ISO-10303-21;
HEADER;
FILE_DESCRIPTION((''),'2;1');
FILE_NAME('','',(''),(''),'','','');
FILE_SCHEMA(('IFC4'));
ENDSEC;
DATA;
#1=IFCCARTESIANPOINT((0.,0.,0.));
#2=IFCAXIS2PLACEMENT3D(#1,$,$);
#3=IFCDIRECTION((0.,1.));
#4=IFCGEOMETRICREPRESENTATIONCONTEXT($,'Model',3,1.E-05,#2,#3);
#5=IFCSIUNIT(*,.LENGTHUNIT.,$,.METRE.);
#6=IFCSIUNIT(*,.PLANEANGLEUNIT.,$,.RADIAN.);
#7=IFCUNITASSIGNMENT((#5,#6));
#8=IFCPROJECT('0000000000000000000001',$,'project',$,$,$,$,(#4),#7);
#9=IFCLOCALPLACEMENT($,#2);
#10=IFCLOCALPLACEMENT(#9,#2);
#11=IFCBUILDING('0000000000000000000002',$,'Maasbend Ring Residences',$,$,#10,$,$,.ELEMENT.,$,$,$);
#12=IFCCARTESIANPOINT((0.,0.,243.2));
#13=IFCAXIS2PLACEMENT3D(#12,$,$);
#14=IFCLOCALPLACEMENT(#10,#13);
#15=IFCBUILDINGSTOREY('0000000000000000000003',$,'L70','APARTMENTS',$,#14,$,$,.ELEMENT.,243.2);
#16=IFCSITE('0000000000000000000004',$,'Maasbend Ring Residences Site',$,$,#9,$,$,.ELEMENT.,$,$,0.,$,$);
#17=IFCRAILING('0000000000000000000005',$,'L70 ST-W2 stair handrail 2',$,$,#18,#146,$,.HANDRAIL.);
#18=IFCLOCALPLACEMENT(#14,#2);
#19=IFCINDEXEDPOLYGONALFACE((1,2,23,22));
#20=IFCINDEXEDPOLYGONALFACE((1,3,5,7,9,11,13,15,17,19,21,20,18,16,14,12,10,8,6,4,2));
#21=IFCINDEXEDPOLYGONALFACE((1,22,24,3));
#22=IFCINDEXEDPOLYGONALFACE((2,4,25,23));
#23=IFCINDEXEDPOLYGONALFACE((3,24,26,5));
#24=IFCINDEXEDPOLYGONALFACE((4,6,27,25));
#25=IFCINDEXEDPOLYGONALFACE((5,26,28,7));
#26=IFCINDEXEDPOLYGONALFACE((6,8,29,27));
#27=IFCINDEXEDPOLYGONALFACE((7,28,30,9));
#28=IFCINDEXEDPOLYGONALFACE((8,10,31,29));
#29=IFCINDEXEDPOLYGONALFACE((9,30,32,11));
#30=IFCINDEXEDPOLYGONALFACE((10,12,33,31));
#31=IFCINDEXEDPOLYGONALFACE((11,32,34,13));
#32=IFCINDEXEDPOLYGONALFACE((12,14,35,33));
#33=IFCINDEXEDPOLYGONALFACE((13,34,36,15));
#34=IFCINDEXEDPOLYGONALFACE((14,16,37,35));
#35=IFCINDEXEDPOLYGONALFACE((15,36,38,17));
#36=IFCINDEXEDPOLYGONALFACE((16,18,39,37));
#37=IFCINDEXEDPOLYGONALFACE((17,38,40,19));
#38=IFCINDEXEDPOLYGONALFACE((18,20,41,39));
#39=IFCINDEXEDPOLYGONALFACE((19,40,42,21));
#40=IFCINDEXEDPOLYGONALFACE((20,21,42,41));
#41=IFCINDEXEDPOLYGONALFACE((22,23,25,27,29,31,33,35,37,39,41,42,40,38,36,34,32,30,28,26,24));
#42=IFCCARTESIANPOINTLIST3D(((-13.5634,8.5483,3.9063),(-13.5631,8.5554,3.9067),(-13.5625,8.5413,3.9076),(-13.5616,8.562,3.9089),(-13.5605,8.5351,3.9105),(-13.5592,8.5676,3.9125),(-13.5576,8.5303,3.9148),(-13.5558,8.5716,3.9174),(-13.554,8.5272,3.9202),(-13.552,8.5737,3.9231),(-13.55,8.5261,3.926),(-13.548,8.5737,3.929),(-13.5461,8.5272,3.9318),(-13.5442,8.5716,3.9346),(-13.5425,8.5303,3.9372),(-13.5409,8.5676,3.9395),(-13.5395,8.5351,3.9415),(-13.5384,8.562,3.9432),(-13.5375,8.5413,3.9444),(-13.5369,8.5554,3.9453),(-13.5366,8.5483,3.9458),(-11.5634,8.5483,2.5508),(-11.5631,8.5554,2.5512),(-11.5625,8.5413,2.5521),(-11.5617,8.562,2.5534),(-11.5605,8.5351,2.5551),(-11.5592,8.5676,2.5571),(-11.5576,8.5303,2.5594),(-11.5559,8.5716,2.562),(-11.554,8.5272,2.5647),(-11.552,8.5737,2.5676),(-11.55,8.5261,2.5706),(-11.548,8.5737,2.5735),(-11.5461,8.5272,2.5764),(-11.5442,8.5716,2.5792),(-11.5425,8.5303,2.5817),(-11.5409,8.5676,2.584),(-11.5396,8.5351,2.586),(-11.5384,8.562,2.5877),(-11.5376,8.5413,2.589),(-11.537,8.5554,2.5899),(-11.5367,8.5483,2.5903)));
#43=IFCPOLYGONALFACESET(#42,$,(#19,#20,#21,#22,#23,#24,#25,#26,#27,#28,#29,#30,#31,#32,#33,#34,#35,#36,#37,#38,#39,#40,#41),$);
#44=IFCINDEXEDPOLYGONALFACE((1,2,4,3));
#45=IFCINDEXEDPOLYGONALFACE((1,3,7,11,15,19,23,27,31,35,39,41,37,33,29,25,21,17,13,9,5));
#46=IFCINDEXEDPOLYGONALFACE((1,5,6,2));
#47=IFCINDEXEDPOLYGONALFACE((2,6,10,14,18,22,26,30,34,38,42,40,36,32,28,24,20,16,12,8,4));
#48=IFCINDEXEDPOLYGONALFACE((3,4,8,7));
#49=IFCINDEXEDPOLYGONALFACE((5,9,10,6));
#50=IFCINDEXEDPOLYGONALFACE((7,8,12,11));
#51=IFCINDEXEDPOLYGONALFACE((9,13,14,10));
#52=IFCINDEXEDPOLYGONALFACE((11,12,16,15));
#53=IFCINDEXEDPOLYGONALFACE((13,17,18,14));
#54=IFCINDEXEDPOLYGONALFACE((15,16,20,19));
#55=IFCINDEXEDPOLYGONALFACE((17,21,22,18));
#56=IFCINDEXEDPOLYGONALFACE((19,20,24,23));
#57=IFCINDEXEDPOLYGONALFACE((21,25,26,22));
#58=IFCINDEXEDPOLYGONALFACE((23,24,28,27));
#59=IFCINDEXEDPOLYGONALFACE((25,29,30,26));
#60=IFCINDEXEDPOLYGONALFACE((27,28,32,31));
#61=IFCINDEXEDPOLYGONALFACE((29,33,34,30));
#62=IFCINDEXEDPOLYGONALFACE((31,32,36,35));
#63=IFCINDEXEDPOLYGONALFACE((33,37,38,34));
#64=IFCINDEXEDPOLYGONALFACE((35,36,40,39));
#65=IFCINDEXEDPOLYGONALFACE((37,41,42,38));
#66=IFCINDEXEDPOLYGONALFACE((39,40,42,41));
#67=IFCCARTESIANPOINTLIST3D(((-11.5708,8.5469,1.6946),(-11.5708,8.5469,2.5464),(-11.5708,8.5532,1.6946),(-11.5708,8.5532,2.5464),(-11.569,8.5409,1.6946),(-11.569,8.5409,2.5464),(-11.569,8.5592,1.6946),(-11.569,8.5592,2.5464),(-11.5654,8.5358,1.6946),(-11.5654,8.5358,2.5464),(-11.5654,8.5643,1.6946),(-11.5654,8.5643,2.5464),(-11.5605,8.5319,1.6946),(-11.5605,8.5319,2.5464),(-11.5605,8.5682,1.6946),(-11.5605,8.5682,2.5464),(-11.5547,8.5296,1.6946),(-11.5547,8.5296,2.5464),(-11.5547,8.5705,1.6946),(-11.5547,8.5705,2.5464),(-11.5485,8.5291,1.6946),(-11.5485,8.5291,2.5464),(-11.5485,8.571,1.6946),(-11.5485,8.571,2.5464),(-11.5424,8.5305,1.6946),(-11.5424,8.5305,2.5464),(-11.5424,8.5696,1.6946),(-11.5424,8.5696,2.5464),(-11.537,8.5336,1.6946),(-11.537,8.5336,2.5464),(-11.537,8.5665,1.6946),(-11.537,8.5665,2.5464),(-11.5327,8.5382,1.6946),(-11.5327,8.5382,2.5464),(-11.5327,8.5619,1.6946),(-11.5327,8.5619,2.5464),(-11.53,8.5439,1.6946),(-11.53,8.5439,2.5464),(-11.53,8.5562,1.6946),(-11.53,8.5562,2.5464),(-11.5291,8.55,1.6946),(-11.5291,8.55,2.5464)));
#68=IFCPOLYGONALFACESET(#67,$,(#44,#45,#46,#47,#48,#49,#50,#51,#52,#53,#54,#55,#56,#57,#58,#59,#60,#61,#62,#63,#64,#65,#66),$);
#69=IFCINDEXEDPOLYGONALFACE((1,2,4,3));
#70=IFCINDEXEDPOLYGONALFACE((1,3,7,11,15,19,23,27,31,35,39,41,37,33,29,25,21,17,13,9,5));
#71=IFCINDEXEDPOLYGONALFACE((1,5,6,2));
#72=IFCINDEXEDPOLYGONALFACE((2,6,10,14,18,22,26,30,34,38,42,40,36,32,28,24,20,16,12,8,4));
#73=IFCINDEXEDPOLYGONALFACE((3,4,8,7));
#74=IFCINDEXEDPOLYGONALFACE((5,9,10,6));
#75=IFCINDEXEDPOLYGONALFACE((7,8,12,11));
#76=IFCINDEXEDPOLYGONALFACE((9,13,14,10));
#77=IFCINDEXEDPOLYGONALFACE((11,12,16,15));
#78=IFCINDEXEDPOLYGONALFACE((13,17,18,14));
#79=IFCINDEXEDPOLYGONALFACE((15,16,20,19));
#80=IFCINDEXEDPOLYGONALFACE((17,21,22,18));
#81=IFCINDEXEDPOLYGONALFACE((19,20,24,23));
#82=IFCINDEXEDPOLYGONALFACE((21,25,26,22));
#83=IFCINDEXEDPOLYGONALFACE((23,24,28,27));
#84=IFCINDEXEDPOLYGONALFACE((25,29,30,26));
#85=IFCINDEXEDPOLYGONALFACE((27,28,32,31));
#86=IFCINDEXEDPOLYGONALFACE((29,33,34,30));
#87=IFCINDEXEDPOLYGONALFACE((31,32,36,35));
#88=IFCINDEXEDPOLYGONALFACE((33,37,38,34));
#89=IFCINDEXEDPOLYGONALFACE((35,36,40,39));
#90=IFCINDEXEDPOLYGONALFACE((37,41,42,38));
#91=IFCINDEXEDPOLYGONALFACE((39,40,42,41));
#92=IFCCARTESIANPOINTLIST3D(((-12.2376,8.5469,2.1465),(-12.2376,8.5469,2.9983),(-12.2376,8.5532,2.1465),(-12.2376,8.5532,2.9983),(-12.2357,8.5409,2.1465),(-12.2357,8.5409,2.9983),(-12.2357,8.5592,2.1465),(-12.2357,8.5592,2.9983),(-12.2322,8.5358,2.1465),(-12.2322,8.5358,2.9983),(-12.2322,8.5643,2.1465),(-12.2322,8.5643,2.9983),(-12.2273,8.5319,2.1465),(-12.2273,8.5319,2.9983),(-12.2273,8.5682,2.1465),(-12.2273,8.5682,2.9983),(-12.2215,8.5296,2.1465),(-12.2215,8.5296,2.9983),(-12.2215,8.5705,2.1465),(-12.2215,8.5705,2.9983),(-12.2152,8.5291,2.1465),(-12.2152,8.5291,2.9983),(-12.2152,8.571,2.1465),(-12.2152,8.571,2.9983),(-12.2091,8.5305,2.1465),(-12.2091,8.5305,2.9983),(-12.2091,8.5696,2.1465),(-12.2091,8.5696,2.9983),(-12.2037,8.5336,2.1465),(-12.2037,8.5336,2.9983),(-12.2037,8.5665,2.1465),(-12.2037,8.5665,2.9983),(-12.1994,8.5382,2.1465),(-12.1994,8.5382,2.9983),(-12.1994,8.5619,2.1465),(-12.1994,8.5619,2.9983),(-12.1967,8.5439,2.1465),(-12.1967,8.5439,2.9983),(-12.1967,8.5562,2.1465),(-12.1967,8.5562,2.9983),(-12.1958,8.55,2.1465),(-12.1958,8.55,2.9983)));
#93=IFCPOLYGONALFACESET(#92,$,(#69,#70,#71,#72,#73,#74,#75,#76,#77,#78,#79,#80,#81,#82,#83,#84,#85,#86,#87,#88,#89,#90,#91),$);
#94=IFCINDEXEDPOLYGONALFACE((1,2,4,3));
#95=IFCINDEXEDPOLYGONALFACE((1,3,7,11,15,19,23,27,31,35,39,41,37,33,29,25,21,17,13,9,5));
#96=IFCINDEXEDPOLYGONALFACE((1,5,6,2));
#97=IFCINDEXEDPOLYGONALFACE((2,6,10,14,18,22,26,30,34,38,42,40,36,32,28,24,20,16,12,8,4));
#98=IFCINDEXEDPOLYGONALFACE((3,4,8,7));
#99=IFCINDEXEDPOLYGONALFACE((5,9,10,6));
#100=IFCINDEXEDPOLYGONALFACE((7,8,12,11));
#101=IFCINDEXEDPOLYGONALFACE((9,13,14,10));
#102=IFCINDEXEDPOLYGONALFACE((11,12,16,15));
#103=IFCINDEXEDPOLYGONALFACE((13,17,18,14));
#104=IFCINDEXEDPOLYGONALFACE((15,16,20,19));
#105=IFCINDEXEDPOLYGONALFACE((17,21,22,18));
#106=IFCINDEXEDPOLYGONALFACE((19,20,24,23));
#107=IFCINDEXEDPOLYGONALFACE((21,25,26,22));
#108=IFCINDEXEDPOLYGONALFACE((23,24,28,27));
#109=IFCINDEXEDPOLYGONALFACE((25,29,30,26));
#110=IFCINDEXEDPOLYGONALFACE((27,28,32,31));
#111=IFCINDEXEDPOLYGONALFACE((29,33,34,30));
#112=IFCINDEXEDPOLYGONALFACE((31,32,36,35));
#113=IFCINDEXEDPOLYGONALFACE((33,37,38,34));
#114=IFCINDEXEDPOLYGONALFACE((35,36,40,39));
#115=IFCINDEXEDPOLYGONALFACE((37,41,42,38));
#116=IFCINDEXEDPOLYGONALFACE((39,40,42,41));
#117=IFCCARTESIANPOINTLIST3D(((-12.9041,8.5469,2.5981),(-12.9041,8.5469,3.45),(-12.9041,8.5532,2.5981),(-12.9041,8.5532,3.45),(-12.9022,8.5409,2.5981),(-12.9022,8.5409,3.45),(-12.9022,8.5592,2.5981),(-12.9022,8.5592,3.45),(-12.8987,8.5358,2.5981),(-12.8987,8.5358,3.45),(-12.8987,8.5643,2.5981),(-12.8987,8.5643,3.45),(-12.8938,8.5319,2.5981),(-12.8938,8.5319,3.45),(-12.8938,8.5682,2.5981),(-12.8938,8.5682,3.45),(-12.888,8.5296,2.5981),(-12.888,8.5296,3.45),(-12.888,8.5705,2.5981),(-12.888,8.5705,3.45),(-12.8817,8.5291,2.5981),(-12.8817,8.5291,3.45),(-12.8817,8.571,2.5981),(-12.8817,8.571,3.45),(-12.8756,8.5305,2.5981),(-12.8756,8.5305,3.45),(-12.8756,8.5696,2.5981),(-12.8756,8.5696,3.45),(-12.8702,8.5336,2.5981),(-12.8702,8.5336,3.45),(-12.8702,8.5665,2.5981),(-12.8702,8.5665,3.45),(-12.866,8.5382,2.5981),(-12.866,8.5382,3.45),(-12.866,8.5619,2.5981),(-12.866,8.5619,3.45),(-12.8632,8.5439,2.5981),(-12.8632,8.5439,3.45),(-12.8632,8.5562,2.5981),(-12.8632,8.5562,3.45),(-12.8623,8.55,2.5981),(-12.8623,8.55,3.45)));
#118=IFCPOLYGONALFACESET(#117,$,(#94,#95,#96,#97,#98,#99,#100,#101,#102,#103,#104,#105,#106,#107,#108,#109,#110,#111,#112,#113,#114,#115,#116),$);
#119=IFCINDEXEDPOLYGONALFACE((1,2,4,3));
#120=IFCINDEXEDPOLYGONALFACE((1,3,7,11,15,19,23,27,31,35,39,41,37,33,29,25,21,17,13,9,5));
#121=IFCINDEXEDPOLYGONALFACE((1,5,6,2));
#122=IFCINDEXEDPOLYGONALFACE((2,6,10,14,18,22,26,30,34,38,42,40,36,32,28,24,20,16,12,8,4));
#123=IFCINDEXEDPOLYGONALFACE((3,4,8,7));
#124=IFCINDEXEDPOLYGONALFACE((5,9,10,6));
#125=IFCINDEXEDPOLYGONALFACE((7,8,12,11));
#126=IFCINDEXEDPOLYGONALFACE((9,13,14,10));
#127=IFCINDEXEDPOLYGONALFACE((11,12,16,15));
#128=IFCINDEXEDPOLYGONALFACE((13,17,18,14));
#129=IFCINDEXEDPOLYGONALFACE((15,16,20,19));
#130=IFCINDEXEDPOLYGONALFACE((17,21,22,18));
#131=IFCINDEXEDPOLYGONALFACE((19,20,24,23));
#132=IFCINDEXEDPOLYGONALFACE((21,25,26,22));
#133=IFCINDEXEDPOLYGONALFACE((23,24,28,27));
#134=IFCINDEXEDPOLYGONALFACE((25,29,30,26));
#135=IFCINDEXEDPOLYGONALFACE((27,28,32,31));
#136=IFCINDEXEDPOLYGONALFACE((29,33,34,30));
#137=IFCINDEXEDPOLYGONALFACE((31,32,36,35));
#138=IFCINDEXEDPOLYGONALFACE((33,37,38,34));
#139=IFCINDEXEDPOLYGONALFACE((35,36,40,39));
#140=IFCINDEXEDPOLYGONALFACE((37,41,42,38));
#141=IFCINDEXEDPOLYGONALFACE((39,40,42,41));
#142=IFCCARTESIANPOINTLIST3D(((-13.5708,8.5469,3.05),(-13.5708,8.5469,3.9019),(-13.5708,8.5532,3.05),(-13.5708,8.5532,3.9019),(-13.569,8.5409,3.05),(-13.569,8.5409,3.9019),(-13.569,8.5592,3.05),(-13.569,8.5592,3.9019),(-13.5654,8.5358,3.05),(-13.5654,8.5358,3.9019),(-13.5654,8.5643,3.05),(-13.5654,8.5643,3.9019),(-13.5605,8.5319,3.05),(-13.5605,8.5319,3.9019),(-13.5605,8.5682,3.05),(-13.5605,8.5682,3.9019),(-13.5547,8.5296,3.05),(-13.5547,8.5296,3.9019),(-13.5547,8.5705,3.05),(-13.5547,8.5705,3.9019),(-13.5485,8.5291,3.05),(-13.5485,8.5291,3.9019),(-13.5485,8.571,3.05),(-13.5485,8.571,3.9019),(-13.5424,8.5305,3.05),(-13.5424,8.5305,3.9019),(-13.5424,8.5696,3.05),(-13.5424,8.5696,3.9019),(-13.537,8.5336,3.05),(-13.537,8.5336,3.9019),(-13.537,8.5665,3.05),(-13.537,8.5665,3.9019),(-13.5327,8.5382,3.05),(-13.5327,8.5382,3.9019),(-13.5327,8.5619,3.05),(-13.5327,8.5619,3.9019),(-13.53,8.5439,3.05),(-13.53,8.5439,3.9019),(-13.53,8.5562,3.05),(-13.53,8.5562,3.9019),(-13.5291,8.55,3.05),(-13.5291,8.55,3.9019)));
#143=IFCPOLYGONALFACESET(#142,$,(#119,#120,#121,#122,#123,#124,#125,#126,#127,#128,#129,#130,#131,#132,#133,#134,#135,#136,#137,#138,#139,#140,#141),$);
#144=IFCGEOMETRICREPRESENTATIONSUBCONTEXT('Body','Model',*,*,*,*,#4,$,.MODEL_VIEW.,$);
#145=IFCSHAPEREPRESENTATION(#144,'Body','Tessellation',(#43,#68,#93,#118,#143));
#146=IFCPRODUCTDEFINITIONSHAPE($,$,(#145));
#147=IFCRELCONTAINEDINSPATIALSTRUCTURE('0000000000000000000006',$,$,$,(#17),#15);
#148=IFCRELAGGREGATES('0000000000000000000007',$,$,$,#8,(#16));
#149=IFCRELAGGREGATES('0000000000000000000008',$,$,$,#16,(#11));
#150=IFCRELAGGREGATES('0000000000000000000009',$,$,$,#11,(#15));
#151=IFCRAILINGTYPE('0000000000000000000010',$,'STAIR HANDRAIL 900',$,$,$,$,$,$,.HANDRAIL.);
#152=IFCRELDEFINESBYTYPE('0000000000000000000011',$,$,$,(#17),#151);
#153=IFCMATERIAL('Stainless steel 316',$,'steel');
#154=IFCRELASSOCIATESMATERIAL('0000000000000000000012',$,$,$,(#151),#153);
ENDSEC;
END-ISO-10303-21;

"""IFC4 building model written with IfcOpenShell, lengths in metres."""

from ifc_helpers import new_model, si_unit, direction, frame, origin, origin_2d, place, context, subcontext, project, spatial, circle, extrude, material, type_object, element, save


model = new_model("IFC4")

# Units and contexts
model_context = context("Model", 3, precision=1e-05, world=origin(), true_north=direction((0.0, 1.0)))
body_context = subcontext(model_context, "Body", "Model", "MODEL_VIEW")
ifc_project = project(units=[si_unit("LENGTHUNIT", "METRE"), si_unit("PLANEANGLEUNIT", "RADIAN")], contexts=[model_context])

# Site, building, storey
site_placement = place(None, origin())
site = spatial("IfcSite", under=ifc_project, at=site_placement, Name="Maasbend Ring Residences Site", CompositionType="ELEMENT", RefElevation=0.0)
building_placement = place(site_placement, origin())
building = spatial("IfcBuilding", under=site, at=building_placement, Name="Maasbend Ring Residences", CompositionType="ELEMENT")
storey_placement = place(building_placement, frame((0.0, 0.0, 243.2)))
storey = spatial("IfcBuildingStorey", under=building, at=storey_placement, Name="L70", Description="APARTMENTS", CompositionType="ELEMENT", Elevation=243.2)

# Railing
ifc_material_1 = material(Name="Stainless steel 316", Category="steel")
railing_type_1 = type_object("IfcRailingType", Name="STAIR HANDRAIL 900", PredefinedType="HANDRAIL", material=ifc_material_1)
railing_1_placement = place(storey_placement, frame((-11.55, 8.55, 1.6946)))
element("IfcRailing", 1, at=railing_1_placement, inside=storey, type_object=railing_type_1, Name="L70 ST-W2 stair handrail 2", PredefinedType="HANDRAIL", context=body_context, shape_type="SweptSolid", body=[
    extrude(circle(Radius=0.0239, at=origin_2d()), frame((0.0, 0.0, 0.876), z_axis=(-0.827798, 0.0, 0.561027), x_axis=(0.0, -1.0, 0.0)), (0.0, 0.0, 1.0), 2.416),
    extrude(circle(Radius=0.021, at=origin_2d()), origin(), (0.0, 0.0, 1.0), 0.8518),
    extrude(circle(Radius=0.021, at=origin_2d()), frame((-0.6667, 0.0, 0.4519)), (0.0, 0.0, 1.0), 0.8518),
    extrude(circle(Radius=0.021, at=origin_2d()), frame((-1.3333, 0.0, 0.9036)), (0.0, 0.0, 1.0), 0.8518),
    extrude(circle(Radius=0.021, at=origin_2d()), frame((-2.0, 0.0, 1.3555)), (0.0, 0.0, 1.0), 0.8518),
])

save(model, "model.ifc")
